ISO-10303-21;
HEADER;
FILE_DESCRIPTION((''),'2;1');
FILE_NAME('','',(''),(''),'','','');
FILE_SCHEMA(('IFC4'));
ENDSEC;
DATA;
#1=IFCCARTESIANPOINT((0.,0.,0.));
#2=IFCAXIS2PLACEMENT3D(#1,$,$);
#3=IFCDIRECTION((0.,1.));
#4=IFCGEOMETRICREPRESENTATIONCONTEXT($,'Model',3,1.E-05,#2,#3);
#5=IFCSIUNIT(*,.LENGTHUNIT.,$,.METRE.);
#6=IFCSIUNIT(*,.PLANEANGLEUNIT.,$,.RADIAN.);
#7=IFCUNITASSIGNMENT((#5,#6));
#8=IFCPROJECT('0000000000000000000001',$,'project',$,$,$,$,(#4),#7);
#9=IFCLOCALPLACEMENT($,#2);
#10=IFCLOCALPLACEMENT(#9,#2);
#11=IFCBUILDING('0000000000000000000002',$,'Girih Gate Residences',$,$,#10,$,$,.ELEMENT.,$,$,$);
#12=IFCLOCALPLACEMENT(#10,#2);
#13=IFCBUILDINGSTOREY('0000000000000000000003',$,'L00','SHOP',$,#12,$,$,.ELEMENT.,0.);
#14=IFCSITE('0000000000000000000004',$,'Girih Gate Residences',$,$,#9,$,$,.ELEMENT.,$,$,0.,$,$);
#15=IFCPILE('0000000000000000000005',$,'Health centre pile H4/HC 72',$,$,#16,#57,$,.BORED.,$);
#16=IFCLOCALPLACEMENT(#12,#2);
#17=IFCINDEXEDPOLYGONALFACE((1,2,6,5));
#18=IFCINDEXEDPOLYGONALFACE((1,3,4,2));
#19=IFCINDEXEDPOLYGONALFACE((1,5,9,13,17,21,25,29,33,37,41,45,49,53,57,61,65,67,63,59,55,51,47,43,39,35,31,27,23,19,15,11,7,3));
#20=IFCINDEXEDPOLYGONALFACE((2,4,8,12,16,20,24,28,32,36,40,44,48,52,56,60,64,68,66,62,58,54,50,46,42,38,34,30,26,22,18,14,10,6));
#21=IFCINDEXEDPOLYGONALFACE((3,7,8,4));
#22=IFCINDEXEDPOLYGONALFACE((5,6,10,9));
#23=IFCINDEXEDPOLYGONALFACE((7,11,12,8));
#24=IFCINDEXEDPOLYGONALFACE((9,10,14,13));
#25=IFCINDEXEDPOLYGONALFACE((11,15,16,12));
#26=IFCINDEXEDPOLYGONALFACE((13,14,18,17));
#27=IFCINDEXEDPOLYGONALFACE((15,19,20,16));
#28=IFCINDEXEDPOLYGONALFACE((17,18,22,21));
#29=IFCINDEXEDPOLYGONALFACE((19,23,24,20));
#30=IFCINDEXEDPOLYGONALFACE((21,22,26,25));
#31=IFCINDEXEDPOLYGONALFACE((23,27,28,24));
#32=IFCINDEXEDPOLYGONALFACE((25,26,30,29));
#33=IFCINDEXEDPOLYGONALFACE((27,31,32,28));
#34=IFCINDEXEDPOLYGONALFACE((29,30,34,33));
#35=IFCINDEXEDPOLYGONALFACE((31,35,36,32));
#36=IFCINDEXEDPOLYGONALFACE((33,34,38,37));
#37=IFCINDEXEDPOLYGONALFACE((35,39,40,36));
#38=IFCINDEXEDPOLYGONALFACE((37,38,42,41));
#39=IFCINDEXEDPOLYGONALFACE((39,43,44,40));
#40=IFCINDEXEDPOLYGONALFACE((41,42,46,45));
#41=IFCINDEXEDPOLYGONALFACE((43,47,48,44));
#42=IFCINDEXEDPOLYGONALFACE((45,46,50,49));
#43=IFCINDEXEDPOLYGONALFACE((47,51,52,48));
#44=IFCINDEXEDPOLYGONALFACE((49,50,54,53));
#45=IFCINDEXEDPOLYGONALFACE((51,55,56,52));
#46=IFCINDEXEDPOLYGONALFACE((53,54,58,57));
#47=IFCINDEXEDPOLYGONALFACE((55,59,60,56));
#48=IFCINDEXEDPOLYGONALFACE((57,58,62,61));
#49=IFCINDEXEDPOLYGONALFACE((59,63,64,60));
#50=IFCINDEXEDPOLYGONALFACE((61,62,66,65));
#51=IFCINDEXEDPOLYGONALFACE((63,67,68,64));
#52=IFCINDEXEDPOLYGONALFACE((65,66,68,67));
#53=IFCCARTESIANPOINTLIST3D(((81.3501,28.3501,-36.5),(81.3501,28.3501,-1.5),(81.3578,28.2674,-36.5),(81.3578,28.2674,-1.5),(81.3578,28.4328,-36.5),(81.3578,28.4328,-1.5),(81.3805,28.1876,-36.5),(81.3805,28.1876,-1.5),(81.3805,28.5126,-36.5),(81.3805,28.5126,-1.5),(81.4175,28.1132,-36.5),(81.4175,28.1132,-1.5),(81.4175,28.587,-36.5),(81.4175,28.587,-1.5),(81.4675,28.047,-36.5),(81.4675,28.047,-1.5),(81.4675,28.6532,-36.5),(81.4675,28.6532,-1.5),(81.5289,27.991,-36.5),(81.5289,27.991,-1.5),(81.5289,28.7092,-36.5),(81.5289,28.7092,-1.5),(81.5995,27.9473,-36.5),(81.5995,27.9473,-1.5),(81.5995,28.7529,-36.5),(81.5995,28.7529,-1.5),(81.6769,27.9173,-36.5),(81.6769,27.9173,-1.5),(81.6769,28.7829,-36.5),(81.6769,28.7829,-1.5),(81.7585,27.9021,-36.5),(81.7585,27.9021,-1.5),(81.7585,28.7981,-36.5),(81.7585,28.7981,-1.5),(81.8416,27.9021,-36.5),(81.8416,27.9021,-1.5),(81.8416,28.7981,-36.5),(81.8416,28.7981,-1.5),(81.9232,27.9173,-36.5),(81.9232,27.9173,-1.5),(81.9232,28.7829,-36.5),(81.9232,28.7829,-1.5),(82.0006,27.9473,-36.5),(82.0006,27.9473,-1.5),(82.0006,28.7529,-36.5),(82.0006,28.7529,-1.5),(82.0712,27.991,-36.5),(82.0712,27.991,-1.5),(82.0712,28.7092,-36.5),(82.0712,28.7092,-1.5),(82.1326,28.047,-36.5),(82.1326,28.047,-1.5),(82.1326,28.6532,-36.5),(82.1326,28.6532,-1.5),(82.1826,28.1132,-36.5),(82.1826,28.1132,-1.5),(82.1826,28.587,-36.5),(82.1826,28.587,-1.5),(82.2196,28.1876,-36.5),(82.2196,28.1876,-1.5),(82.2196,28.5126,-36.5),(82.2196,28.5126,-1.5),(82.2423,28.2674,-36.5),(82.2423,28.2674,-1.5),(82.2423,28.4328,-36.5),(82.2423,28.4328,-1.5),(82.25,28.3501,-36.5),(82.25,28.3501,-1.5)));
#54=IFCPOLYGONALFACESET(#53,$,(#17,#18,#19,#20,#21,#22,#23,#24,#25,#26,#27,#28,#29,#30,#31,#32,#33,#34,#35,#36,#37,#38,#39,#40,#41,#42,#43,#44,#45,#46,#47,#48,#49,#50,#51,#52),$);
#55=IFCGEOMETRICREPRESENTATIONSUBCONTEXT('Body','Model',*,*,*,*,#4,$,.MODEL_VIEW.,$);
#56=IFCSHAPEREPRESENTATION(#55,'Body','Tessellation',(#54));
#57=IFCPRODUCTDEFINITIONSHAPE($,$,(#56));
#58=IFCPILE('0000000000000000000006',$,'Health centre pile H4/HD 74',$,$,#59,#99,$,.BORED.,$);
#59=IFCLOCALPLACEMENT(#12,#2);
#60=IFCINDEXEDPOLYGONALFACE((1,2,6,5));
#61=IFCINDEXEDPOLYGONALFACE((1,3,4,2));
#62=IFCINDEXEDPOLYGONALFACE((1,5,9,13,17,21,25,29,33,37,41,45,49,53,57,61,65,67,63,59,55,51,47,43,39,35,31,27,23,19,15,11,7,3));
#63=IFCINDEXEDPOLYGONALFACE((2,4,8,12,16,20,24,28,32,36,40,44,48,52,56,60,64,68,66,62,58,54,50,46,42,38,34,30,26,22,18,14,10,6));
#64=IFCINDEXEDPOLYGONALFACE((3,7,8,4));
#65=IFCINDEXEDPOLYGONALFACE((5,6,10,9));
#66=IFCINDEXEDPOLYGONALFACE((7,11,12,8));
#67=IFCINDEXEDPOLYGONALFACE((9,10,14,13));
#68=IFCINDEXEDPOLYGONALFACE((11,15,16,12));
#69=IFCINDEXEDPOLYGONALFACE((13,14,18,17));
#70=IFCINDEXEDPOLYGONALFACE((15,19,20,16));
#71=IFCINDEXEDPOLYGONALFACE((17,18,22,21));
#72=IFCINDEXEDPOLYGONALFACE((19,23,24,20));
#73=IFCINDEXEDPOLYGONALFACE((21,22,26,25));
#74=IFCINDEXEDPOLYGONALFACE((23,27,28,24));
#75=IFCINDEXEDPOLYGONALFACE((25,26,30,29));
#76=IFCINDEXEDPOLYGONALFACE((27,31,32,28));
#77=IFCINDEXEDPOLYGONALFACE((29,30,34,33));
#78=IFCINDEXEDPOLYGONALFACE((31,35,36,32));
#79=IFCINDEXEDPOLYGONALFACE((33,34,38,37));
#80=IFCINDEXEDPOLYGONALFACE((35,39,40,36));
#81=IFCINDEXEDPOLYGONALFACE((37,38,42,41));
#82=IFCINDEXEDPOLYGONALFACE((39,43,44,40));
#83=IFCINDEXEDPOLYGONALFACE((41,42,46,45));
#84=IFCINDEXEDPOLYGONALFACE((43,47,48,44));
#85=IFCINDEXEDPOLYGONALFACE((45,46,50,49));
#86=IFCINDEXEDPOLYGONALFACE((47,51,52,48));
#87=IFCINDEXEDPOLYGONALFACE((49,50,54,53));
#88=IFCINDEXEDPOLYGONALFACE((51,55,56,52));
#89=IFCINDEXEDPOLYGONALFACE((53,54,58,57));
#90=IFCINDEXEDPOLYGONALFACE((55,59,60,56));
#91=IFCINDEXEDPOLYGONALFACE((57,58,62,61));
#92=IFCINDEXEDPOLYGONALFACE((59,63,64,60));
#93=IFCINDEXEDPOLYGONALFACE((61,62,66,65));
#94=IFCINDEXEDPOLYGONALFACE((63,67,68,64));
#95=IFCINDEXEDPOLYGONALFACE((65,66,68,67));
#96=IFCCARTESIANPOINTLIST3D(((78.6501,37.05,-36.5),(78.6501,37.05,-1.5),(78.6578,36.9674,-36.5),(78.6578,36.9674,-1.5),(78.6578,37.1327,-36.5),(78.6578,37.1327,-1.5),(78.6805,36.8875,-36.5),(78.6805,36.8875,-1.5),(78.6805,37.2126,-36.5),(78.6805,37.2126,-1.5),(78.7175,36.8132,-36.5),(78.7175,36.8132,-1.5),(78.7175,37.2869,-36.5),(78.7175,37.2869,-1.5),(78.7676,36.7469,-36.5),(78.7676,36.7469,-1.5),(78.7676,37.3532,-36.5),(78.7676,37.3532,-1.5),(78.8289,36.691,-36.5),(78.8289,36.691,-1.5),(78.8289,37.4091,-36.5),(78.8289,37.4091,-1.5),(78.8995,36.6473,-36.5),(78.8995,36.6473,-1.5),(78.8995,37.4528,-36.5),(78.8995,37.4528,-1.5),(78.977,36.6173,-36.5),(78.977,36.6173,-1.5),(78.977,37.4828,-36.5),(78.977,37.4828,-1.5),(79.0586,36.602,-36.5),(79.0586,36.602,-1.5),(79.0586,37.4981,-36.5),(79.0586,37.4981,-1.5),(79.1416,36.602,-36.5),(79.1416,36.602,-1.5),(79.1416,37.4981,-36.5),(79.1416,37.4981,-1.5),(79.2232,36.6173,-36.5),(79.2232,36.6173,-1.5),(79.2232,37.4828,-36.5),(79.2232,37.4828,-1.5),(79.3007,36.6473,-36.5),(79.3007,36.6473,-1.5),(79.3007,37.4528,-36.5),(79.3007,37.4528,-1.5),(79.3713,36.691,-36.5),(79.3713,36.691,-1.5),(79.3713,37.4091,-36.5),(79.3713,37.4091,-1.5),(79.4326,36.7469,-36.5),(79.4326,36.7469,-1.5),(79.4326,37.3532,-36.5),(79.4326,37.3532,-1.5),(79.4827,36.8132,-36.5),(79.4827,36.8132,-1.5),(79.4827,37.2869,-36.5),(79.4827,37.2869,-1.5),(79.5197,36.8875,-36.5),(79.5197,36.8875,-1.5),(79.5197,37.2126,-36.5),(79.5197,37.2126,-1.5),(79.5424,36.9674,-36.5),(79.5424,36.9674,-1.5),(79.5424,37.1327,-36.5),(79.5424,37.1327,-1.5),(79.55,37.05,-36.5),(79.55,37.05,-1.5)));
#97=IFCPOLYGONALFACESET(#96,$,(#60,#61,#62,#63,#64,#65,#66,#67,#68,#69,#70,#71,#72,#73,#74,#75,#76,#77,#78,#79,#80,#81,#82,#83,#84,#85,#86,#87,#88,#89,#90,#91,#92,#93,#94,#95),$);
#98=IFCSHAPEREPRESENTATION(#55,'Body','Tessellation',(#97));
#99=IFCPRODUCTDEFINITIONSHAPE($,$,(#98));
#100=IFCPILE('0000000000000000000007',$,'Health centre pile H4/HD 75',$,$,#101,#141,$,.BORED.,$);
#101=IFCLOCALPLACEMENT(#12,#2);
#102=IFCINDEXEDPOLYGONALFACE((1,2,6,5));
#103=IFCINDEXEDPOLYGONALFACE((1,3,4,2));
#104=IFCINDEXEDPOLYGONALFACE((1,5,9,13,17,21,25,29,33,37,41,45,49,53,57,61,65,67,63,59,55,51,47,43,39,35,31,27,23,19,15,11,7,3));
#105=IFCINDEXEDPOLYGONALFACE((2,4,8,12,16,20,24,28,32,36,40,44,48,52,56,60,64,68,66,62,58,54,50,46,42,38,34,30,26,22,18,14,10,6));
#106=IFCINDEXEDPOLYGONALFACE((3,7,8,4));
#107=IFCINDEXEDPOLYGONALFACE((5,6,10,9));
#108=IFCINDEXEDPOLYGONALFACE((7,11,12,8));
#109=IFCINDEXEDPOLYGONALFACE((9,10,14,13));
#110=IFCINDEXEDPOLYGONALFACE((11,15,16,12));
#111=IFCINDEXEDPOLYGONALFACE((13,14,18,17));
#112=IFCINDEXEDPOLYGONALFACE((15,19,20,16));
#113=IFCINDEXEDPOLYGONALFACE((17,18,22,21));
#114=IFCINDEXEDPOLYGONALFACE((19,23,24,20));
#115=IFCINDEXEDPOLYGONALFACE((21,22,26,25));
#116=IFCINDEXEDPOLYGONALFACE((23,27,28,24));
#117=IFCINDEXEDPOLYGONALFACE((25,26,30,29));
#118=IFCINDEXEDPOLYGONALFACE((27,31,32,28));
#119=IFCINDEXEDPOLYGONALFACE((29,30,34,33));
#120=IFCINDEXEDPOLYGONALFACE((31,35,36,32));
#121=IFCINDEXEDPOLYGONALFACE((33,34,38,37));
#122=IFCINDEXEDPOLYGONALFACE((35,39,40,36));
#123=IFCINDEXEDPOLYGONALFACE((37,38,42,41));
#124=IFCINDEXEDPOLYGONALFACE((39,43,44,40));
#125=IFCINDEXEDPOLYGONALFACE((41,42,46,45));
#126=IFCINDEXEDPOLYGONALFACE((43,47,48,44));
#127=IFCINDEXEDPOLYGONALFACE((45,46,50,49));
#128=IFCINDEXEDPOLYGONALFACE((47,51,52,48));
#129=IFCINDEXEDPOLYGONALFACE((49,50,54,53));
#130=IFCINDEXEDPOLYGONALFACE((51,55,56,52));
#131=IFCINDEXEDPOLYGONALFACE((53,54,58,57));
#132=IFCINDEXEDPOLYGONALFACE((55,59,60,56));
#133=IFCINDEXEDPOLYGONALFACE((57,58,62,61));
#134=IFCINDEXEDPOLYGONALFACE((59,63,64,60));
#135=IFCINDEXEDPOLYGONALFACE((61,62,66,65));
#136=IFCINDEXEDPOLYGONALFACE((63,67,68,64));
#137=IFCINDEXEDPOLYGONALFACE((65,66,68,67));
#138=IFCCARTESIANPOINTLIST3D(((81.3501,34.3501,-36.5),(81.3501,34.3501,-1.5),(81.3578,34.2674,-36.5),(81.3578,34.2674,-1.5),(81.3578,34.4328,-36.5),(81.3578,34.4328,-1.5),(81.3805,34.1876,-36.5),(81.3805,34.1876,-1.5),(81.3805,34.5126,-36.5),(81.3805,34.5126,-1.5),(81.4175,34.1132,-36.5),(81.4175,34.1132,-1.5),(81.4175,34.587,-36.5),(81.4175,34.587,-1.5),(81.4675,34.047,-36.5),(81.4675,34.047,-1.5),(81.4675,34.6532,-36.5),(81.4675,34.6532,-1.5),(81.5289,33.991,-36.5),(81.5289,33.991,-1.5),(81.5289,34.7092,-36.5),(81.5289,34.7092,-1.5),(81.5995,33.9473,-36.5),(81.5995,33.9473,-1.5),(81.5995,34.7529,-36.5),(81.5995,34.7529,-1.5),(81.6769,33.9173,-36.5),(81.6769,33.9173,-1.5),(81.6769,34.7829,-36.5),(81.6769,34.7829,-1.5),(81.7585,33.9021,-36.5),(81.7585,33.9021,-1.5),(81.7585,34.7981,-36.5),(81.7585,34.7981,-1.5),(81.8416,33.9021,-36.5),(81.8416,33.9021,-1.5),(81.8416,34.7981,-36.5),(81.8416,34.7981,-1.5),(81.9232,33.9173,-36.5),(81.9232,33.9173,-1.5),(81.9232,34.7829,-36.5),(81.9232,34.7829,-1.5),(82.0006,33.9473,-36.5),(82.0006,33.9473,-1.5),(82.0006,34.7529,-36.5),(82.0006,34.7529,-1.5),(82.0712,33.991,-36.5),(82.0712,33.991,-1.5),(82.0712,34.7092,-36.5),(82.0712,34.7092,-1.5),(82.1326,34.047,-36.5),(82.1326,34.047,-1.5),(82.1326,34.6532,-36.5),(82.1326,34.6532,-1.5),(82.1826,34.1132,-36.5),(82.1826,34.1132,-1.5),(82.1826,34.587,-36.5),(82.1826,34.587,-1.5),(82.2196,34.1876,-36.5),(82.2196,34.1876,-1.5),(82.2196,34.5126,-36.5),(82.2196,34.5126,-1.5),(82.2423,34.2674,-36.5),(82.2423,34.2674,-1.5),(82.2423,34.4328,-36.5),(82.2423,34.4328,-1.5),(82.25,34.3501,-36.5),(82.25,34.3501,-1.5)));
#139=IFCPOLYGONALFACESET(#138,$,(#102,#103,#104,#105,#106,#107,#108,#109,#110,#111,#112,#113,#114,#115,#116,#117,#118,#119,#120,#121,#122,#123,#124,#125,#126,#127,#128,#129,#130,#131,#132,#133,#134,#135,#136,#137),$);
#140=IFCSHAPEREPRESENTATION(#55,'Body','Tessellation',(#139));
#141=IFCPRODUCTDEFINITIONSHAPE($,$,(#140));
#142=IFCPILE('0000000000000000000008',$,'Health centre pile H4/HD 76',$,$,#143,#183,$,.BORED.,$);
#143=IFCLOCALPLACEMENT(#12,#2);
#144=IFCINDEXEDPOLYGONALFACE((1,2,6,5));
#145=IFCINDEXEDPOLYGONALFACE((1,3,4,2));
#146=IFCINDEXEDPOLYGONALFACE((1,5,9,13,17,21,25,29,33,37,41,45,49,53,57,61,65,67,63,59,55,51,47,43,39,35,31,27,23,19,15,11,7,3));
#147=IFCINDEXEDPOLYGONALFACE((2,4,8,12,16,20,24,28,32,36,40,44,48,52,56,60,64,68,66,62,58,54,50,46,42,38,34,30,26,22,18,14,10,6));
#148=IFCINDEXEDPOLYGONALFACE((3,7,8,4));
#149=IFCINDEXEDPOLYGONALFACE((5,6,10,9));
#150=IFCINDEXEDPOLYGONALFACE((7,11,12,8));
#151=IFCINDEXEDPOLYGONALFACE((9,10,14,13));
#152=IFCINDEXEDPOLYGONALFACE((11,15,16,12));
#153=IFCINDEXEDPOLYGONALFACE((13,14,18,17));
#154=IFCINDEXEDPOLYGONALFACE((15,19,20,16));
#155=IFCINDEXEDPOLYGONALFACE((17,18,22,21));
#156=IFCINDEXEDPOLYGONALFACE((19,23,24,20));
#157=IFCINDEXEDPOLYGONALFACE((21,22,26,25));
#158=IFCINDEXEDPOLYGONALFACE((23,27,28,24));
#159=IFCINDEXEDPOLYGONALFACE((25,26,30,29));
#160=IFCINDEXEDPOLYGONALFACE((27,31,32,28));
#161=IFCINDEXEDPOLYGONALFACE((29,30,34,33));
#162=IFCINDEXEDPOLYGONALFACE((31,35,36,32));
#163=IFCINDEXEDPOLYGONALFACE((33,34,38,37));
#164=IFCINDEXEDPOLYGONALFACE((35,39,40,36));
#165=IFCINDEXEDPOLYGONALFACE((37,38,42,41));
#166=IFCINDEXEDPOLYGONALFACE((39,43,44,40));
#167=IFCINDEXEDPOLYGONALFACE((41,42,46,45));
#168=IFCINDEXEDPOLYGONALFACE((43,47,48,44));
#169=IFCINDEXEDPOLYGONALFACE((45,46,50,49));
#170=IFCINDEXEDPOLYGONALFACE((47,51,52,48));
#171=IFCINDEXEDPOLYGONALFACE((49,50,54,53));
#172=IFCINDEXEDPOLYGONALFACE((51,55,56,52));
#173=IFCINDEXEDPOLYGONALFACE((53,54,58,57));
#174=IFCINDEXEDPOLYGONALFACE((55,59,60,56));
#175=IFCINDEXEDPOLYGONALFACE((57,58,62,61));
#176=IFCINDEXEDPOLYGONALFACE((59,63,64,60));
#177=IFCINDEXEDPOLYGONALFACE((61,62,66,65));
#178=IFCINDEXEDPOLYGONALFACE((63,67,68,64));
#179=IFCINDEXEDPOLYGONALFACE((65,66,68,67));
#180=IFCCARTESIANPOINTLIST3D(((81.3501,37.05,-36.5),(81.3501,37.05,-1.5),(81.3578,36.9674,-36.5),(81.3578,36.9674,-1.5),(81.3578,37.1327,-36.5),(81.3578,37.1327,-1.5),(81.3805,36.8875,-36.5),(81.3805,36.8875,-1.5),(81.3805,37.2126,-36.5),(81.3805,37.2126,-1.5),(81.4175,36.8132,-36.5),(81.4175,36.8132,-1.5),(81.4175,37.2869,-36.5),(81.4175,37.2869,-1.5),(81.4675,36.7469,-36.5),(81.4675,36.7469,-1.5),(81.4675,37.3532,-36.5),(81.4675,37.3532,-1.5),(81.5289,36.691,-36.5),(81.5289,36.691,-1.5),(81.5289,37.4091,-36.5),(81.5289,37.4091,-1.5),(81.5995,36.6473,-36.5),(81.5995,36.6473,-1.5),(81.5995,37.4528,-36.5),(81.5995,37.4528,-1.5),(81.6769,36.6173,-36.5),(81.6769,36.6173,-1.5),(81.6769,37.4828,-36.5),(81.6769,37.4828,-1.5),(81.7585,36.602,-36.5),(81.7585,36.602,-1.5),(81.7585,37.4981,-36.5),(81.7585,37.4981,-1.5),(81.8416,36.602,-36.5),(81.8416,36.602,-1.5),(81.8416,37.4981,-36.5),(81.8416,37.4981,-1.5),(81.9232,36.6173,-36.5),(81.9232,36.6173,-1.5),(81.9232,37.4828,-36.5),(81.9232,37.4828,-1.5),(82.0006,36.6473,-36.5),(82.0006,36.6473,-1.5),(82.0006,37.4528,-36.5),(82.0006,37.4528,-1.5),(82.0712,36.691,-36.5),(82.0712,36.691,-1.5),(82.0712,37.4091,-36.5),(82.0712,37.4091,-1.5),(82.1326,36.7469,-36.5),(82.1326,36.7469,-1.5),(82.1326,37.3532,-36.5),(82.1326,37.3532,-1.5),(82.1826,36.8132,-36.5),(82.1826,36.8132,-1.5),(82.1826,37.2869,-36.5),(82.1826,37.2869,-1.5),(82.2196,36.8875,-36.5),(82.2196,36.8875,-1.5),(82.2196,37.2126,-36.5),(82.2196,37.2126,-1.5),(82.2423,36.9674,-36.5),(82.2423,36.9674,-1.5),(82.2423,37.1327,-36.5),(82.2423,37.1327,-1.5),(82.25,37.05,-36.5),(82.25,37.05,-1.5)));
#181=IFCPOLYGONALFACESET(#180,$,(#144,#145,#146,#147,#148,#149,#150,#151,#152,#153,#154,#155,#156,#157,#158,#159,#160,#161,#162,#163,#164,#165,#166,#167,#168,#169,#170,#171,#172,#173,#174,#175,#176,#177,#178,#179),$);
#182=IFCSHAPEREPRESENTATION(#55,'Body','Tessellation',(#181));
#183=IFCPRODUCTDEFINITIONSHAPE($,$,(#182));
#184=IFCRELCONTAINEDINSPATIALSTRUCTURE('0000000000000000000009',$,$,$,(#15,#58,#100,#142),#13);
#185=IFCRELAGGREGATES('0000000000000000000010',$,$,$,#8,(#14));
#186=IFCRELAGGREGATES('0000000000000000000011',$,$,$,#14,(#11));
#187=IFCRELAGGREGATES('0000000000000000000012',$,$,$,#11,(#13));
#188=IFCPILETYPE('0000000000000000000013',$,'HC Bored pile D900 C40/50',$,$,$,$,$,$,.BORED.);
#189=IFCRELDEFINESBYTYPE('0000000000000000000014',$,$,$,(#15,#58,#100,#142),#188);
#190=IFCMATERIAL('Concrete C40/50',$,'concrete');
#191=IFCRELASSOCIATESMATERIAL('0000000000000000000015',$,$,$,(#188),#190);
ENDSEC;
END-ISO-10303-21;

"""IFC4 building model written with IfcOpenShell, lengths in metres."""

from ifc_helpers import new_model, si_unit, direction, frame, origin, origin_2d, place, context, subcontext, project, spatial, circle, extrude, material, material_profile, profile_set, type_object, element, save


model = new_model("IFC4")

# Units and contexts
model_context = context("Model", 3, precision=1e-05, world=origin(), true_north=direction((0.0, 1.0)))
body_context = subcontext(model_context, "Body", "Model", "MODEL_VIEW")
ifc_project = project(units=[si_unit("LENGTHUNIT", "METRE"), si_unit("PLANEANGLEUNIT", "RADIAN")], contexts=[model_context])

# Site, building, storey
site_placement = place(None, origin())
site = spatial("IfcSite", under=ifc_project, at=site_placement, Name="Girih Gate Residences", CompositionType="ELEMENT", RefElevation=0.0)
building_placement = place(site_placement, origin())
building = spatial("IfcBuilding", under=site, at=building_placement, Name="Girih Gate Residences", CompositionType="ELEMENT")
storey_placement = place(building_placement, origin())
storey = spatial("IfcBuildingStorey", under=building, at=storey_placement, Name="L00", Description="SHOP", CompositionType="ELEMENT", Elevation=0.0)

# Piles
ifc_material_1 = material(Name="Concrete C40/50", Category="concrete")
ifc_material_profile_1 = material_profile(ifc_material_1, circle(Radius=0.45, at=origin_2d()))
ifc_profile_set_1 = profile_set([ifc_material_profile_1], Name="Concrete C40/50")
pile_type = type_object("IfcPileType", Name="HC Bored pile D900 C40/50", PredefinedType="BORED", material=ifc_profile_set_1)
for number, where, z_axis, x_axis, name in (
    (1, (81.8, 28.3501, -1.5), (0.0, 0.0, -1.0), (1.0, 0.0, 0.0), "Health centre pile H4/HC 72"),
    (2, (79.1001, 37.05, -1.5), (0.0, 0.0, -1.0), (1.0, 0.0, 0.0), "Health centre pile H4/HD 74"),
    (3, (81.8, 34.3501, -1.5), (0.0, 0.0, -1.0), (1.0, 0.0, 0.0), "Health centre pile H4/HD 75"),
    (4, (81.8, 37.05, -1.5), (0.0, 0.0, -1.0), (1.0, 0.0, 0.0), "Health centre pile H4/HD 76"),
):
    element("IfcPile", number, at=place(storey_placement, frame(where, z_axis=z_axis, x_axis=x_axis)), inside=storey, type_object=pile_type, Name=name, PredefinedType="BORED", context=body_context, shape_type="SweptSolid", body=[
        extrude(circle(Radius=0.45, at=origin_2d()), origin(), (0.0, 0.0, 1.0), 35.0),
    ])

save(model, "model.ifc")
